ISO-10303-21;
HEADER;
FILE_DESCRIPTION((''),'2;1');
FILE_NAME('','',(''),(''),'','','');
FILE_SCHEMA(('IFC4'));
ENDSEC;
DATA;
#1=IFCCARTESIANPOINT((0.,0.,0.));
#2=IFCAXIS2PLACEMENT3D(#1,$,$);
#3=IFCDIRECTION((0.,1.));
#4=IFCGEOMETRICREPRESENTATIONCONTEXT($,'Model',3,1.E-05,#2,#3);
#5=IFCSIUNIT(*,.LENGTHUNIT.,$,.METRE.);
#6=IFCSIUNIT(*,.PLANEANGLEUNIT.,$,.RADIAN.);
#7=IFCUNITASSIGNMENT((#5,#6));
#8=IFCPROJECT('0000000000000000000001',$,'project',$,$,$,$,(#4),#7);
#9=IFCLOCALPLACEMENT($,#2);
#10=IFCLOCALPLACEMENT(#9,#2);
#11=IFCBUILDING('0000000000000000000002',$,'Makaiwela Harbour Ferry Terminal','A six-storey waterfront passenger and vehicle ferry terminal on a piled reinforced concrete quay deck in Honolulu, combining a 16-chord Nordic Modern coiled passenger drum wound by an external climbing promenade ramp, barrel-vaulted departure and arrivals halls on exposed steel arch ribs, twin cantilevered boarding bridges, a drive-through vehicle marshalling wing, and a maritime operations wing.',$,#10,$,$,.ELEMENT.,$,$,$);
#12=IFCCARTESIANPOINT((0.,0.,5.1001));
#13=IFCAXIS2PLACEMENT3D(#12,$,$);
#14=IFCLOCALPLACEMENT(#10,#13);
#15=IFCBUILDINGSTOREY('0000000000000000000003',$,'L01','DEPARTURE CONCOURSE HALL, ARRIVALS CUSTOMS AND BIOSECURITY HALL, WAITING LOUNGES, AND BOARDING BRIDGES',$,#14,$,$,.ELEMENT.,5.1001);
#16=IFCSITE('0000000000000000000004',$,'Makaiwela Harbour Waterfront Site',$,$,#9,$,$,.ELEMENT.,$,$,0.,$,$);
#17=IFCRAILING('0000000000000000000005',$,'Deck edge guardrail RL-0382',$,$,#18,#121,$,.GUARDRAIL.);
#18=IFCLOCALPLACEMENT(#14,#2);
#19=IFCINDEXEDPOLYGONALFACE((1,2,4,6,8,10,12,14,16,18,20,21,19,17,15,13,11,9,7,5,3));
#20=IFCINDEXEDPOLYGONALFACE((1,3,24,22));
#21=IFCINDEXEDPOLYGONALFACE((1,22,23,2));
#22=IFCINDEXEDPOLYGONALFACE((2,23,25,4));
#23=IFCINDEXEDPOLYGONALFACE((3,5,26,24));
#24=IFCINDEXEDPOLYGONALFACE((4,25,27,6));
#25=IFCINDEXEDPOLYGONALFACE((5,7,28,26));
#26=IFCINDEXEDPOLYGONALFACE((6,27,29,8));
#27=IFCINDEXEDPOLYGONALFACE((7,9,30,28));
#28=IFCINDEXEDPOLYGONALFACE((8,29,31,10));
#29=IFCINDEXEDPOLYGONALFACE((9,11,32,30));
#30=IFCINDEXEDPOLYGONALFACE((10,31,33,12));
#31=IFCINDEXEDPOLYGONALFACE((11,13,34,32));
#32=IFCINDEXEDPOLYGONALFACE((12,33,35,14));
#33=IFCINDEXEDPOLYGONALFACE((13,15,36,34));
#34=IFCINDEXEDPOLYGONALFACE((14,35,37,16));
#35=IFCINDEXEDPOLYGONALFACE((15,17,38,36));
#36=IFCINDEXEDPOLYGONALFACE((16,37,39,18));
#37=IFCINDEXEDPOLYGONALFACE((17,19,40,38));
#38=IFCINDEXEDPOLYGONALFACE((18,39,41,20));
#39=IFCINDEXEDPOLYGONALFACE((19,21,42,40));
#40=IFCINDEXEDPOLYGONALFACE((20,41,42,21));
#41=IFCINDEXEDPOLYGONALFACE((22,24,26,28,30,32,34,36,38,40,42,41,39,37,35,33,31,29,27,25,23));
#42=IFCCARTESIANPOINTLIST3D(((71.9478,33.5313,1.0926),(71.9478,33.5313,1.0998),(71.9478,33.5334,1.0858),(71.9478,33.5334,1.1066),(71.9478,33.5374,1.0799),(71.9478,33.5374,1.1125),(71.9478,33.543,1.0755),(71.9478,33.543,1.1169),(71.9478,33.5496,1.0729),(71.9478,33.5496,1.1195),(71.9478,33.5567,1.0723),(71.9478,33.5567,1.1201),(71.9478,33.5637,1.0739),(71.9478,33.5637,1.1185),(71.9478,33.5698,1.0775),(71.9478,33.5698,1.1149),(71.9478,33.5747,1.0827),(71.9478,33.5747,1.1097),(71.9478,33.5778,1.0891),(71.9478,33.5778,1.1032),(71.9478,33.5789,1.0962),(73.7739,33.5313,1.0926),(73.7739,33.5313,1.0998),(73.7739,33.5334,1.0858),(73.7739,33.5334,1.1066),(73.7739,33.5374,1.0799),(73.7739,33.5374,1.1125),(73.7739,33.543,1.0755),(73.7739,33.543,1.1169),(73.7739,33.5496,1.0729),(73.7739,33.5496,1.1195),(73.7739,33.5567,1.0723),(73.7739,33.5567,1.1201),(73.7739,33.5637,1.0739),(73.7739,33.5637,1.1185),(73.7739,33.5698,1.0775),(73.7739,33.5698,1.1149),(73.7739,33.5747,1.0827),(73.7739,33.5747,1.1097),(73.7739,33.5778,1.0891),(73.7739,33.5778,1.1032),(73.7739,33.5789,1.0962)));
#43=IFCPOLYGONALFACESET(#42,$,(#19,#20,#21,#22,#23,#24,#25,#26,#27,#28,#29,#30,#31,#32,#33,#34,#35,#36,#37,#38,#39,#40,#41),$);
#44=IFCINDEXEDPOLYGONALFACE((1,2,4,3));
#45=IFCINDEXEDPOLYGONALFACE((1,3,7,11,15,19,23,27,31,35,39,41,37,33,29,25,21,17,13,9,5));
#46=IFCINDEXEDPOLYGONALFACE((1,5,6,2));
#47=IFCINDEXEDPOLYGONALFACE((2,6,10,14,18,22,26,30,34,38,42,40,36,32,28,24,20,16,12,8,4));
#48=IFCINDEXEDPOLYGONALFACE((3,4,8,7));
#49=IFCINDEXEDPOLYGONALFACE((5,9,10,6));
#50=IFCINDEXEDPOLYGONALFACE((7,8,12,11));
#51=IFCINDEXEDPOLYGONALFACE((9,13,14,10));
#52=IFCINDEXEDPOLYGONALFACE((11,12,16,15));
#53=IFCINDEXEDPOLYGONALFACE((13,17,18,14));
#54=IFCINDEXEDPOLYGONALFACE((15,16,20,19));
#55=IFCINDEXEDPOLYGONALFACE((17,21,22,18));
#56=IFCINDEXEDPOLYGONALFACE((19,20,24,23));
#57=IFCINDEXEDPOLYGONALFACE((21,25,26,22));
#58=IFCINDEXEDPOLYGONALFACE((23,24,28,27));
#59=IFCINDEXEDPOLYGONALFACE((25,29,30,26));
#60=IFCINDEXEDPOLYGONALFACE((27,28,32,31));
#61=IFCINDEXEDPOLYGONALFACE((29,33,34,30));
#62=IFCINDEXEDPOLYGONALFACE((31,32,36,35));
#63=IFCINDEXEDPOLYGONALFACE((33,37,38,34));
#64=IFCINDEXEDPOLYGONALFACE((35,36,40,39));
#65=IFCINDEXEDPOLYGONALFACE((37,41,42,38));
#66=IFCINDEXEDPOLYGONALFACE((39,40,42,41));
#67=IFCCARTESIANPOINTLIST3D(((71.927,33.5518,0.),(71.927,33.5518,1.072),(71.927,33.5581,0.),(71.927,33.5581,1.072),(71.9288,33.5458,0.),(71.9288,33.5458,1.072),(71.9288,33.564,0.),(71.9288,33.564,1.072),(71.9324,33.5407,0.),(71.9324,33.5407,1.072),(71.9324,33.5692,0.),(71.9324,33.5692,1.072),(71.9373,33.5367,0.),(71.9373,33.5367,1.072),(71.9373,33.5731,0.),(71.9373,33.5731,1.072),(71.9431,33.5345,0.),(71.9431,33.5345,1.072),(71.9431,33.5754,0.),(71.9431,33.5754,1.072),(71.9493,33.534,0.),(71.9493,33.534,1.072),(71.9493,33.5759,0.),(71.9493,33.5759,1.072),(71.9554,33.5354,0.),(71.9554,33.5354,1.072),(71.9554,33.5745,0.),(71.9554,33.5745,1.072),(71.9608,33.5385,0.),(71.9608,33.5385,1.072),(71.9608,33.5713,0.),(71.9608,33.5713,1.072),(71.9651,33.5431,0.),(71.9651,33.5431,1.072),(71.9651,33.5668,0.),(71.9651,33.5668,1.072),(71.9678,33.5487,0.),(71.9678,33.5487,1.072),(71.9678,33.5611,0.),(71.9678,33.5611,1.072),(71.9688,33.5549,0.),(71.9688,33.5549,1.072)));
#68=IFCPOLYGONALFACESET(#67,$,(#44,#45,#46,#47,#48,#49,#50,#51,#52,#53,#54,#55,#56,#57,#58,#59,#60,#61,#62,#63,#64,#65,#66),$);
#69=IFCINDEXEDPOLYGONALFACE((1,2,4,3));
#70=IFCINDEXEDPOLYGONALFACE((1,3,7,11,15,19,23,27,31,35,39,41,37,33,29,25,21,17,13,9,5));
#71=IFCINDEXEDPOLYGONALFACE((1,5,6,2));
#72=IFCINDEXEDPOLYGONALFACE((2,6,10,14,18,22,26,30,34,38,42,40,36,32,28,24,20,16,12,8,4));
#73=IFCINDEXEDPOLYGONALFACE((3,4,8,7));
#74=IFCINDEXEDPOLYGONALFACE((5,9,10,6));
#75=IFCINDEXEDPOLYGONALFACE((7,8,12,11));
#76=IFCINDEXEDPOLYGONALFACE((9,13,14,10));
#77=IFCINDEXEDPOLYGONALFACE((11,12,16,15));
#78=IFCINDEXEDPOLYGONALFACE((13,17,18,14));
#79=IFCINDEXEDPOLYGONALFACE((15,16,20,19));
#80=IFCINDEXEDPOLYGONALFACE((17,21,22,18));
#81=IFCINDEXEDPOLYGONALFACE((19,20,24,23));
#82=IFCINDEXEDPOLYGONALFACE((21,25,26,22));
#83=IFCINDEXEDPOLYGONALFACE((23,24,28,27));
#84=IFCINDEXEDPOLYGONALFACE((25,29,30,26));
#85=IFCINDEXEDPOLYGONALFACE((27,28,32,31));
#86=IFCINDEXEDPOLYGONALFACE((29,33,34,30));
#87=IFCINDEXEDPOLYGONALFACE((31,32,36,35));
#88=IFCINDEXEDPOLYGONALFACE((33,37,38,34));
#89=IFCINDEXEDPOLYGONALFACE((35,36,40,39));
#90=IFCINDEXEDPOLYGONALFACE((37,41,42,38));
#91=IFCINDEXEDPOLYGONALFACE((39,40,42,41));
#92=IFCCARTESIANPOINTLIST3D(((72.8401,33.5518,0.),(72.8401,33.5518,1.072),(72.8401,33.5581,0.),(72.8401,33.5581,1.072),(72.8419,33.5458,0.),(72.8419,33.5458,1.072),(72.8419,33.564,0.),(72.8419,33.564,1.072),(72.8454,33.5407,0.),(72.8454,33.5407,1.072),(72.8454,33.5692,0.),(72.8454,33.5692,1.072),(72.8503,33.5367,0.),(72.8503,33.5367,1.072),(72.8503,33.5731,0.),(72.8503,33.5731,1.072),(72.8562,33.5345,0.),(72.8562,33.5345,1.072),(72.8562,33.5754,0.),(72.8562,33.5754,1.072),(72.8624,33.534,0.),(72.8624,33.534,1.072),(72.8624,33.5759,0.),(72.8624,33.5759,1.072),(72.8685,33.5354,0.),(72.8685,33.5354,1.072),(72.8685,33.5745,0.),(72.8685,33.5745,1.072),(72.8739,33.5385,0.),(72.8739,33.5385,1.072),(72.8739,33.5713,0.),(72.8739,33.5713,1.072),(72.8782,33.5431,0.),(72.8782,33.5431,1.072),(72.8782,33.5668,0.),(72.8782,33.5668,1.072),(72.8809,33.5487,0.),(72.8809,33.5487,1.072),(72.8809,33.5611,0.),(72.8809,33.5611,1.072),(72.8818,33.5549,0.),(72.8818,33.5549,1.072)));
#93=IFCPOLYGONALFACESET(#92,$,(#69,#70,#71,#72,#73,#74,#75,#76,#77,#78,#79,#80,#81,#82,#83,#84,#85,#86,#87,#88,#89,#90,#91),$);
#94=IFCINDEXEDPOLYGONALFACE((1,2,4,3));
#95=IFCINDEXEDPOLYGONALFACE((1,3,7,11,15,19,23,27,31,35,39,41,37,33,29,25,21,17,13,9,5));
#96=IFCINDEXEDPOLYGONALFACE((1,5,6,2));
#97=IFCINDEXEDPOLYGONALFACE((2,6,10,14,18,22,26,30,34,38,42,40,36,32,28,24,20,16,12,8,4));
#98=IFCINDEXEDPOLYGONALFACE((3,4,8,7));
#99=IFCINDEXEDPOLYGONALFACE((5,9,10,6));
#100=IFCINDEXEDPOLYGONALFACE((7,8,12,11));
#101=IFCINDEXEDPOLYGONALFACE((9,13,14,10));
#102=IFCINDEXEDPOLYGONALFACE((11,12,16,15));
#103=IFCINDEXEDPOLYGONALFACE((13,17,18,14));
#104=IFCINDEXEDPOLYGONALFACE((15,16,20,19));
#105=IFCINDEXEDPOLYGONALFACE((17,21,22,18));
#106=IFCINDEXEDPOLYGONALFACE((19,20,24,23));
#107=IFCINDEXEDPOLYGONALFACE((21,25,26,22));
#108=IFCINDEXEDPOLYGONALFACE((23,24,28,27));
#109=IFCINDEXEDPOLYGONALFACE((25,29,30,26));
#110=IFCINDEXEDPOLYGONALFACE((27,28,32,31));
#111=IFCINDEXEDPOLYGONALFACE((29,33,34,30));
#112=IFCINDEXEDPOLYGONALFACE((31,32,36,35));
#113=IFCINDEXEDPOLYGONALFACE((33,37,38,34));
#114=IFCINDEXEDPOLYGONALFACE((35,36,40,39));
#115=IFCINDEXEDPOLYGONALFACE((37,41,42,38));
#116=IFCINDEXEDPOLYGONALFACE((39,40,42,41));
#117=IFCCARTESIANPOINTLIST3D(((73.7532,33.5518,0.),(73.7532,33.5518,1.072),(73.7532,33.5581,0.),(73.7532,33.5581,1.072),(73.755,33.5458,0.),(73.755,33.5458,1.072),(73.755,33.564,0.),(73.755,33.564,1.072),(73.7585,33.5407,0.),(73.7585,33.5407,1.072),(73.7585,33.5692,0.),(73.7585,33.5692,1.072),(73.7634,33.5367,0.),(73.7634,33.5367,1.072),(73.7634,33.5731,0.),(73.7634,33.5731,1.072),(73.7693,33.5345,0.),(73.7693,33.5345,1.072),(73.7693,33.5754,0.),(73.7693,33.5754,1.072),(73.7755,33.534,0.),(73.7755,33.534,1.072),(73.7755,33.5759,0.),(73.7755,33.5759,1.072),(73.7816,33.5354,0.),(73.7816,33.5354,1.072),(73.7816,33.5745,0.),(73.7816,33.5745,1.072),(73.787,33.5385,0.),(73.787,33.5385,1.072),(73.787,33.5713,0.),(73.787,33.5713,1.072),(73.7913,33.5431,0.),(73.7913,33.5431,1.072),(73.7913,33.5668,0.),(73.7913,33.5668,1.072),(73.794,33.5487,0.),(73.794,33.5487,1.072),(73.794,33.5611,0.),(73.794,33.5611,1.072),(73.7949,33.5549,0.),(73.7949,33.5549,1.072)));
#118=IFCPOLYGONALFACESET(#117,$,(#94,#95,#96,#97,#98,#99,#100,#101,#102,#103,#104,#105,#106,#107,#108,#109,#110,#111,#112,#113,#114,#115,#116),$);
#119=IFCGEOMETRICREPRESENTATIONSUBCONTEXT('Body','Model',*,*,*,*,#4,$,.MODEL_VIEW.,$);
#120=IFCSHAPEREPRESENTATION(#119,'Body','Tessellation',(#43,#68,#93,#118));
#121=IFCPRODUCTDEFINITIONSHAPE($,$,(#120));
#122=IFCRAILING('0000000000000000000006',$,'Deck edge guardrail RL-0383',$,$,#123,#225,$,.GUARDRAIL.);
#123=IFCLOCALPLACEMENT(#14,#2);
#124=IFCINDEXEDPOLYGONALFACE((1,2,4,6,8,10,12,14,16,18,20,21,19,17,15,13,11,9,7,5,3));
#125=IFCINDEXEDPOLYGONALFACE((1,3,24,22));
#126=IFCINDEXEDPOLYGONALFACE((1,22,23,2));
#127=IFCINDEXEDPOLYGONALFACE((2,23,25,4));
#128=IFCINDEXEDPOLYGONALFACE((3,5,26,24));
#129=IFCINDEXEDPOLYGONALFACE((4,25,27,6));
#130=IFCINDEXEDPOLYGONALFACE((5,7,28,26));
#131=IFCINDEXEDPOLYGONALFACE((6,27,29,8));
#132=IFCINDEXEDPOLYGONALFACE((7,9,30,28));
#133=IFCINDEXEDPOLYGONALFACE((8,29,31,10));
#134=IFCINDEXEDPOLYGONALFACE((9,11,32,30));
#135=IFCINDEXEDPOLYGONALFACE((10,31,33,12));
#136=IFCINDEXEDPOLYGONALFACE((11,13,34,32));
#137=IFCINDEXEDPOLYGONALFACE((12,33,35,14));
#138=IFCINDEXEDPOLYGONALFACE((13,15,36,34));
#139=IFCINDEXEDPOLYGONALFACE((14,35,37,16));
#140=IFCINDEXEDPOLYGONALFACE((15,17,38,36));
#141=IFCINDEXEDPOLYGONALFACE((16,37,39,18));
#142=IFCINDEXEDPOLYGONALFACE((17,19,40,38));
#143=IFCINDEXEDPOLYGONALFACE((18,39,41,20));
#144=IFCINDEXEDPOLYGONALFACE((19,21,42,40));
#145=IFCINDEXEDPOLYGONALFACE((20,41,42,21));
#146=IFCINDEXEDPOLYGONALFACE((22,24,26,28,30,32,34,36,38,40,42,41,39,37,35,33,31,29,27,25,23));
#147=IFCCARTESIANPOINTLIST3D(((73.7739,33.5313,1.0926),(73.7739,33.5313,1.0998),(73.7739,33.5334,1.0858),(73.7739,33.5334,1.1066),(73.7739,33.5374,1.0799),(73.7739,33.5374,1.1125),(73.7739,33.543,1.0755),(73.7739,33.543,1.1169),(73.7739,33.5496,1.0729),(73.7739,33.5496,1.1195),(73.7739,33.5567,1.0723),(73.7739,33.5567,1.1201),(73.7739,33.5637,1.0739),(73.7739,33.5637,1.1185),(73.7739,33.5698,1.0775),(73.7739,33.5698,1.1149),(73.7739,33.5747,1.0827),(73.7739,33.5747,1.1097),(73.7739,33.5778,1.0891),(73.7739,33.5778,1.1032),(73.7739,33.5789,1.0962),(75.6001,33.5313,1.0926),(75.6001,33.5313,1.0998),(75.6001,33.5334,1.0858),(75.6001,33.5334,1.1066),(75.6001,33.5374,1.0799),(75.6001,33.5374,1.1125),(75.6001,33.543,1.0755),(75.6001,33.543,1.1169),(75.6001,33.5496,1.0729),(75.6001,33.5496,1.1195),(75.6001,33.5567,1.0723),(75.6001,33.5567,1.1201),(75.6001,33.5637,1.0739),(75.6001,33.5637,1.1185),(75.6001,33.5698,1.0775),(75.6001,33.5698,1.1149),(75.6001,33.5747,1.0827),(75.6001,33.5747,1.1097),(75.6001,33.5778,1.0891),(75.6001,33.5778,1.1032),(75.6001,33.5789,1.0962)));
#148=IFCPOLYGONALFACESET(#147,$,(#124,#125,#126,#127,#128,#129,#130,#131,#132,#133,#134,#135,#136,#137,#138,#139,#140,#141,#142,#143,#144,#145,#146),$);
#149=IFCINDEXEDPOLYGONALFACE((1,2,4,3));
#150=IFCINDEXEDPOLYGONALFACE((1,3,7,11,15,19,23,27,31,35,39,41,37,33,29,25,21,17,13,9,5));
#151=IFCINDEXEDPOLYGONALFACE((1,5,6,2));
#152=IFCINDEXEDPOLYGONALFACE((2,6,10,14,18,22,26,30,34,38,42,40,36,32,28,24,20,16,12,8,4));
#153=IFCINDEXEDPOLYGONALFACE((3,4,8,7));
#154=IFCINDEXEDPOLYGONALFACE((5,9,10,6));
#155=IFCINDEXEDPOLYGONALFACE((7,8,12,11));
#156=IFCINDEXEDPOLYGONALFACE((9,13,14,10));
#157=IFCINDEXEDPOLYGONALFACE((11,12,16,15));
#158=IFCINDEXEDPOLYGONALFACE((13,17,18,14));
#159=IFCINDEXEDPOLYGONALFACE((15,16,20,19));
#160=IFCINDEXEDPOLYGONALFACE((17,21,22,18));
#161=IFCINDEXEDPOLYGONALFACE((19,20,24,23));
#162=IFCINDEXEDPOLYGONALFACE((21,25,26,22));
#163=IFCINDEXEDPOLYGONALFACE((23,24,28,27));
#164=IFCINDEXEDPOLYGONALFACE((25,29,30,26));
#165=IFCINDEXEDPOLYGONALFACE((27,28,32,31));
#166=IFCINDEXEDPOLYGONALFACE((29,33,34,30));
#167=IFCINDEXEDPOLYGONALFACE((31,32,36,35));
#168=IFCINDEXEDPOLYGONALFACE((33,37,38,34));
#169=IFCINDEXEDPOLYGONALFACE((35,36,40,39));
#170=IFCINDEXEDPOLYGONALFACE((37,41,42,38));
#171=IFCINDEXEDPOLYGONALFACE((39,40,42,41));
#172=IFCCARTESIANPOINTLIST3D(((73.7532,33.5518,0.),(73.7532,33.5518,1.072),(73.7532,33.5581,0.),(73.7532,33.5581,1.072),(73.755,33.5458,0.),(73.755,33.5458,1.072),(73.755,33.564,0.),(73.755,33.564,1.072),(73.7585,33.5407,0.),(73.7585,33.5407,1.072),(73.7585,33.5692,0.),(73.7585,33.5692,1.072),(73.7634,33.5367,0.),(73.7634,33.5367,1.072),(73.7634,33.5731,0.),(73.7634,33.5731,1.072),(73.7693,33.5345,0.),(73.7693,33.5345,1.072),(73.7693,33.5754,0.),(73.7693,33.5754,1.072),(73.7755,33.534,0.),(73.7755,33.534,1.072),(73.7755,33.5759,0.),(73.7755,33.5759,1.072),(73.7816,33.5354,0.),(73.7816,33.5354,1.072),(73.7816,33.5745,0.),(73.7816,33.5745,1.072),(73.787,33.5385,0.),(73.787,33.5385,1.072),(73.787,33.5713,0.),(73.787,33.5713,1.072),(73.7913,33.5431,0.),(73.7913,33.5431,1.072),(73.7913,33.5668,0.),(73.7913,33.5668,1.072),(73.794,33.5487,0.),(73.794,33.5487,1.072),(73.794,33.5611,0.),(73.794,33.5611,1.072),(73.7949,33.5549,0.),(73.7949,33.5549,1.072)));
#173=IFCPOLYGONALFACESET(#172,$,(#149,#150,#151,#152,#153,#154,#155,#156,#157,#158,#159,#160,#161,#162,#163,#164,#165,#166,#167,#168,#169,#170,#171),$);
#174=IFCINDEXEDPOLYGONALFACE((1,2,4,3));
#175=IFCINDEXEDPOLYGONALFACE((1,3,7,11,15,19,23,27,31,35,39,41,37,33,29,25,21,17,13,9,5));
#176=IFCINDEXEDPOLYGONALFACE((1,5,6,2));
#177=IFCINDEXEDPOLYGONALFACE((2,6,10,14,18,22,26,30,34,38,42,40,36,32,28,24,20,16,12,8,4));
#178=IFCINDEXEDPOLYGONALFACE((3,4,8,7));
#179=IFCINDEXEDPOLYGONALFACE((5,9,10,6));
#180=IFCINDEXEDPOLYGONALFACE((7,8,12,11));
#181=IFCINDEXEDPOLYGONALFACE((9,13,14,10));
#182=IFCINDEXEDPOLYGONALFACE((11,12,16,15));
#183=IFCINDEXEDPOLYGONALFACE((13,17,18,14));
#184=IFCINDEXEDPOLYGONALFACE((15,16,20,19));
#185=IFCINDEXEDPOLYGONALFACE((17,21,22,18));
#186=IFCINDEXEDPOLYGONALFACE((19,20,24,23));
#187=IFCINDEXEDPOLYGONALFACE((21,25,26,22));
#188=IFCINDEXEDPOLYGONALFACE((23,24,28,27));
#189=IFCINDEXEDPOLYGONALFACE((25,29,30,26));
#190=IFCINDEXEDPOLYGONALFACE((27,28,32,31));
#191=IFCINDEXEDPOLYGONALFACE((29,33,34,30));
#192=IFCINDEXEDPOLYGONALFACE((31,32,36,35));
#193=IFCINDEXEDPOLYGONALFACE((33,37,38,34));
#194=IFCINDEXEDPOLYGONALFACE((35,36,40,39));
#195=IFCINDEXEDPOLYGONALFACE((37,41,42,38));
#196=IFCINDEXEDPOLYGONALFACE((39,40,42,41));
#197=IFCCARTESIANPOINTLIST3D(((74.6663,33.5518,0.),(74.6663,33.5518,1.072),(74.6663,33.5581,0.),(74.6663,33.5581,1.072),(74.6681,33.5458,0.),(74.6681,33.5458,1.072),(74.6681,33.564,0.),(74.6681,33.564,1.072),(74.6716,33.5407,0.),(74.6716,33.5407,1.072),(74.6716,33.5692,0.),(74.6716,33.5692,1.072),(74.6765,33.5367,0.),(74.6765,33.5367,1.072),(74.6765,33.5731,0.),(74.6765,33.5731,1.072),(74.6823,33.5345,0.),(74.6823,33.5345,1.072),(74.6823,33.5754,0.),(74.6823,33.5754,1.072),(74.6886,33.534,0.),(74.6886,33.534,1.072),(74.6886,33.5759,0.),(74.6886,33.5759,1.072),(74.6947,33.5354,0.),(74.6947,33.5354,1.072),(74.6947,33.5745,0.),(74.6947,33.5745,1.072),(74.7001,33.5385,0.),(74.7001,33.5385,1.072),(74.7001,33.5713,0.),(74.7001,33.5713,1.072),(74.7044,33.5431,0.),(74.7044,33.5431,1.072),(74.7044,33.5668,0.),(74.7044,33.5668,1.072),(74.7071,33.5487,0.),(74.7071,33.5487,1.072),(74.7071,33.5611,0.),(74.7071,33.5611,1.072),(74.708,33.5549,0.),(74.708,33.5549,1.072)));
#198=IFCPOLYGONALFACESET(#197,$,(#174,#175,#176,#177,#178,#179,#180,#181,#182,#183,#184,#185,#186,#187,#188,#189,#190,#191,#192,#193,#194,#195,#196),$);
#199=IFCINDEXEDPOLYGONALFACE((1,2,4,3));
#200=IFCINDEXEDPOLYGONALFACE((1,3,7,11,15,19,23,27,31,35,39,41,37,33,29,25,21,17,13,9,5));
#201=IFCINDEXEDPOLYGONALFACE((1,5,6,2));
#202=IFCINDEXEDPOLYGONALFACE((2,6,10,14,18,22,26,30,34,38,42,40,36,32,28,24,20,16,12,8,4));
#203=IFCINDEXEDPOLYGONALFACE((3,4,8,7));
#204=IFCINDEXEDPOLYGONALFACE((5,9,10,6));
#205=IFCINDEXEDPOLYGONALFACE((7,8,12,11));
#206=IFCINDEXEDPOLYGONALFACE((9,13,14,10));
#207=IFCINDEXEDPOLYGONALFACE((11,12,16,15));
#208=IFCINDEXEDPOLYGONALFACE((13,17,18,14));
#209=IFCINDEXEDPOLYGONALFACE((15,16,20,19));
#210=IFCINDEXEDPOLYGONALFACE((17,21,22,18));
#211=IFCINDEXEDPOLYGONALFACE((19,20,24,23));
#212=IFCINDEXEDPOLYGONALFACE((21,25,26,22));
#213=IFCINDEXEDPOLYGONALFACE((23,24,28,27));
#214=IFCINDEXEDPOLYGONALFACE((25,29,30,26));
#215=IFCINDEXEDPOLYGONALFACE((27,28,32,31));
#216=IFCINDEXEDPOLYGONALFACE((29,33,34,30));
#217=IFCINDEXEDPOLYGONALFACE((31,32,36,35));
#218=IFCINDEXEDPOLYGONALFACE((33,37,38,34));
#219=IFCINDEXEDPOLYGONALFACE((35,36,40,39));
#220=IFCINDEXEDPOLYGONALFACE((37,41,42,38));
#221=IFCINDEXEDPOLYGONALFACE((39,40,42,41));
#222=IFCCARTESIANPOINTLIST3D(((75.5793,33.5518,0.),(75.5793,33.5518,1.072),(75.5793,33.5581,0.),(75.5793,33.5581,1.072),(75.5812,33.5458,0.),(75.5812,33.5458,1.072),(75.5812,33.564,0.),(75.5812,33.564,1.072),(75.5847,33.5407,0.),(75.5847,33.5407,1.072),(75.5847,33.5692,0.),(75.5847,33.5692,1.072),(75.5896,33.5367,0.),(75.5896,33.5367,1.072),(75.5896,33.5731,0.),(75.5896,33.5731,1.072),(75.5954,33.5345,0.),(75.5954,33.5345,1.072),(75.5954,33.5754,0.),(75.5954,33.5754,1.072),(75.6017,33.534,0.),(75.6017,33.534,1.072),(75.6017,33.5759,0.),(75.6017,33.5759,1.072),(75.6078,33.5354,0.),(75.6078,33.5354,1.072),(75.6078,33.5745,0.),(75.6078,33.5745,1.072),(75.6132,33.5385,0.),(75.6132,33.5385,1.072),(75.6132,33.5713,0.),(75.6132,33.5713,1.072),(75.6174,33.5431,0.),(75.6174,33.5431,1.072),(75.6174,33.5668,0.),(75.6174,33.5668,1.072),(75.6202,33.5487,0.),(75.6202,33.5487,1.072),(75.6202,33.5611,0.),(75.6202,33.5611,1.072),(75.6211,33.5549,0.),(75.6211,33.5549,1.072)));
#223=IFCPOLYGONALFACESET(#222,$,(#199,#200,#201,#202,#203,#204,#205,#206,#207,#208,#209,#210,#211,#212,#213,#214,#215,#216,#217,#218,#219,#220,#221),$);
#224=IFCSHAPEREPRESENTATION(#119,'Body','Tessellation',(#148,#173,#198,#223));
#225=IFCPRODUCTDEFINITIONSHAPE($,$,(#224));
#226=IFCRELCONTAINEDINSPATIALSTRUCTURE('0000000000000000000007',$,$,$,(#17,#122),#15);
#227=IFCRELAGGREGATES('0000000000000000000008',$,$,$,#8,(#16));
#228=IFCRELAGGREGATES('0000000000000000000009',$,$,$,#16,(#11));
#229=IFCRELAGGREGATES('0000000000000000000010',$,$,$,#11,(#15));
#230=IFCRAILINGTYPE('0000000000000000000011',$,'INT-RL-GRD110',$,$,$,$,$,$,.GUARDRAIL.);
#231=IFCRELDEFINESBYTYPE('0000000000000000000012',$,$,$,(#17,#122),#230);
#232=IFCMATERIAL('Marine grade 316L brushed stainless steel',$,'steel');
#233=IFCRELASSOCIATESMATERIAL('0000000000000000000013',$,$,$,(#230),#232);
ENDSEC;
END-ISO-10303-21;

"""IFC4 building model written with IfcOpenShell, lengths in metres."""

from ifc_helpers import new_model, si_unit, direction, frame, origin, origin_2d, place, context, subcontext, project, spatial, circle, extrude, material, type_object, element, save


model = new_model("IFC4")

# Units and contexts
model_context = context("Model", 3, precision=1e-05, world=origin(), true_north=direction((0.0, 1.0)))
body_context = subcontext(model_context, "Body", "Model", "MODEL_VIEW")
ifc_project = project(units=[si_unit("LENGTHUNIT", "METRE"), si_unit("PLANEANGLEUNIT", "RADIAN")], contexts=[model_context])

# Site, building, storey
site_placement = place(None, origin())
site = spatial("IfcSite", under=ifc_project, at=site_placement, Name="Makaiwela Harbour Waterfront Site", CompositionType="ELEMENT", RefElevation=0.0)
building_placement = place(site_placement, origin())
building = spatial("IfcBuilding", under=site, at=building_placement, Name="Makaiwela Harbour Ferry Terminal", Description="A six-storey waterfront passenger and vehicle ferry terminal on a piled reinforced concrete quay deck in Honolulu, combining a 16-chord Nordic Modern coiled passenger drum wound by an external climbing promenade ramp, barrel-vaulted departure and arrivals halls on exposed steel arch ribs, twin cantilevered boarding bridges, a drive-through vehicle marshalling wing, and a maritime operations wing.", CompositionType="ELEMENT")
storey_placement = place(building_placement, frame((0.0, 0.0, 5.1001)))
storey = spatial("IfcBuildingStorey", under=building, at=storey_placement, Name="L01", Description="DEPARTURE CONCOURSE HALL, ARRIVALS CUSTOMS AND BIOSECURITY HALL, WAITING LOUNGES, AND BOARDING BRIDGES", CompositionType="ELEMENT", Elevation=5.1001)

# Railings
ifc_material_1 = material(Name="Marine grade 316L brushed stainless steel", Category="steel")
railing_type = type_object("IfcRailingType", Name="INT-RL-GRD110", PredefinedType="GUARDRAIL", material=ifc_material_1)
for number, where, name in (
    (1, (71.9478, 33.5549, 0.0), "Deck edge guardrail RL-0382"),
    (2, (73.7739, 33.5549, 0.0), "Deck edge guardrail RL-0383"),
):
    element("IfcRailing", number, at=place(storey_placement, frame(where)), inside=storey, type_object=railing_type, Name=name, PredefinedType="GUARDRAIL", context=body_context, shape_type="SweptSolid", body=[
        extrude(circle(Radius=0.0239, at=origin_2d()), frame((0.0, 0.0, 1.0962), z_axis=(1.0, 0.0, 0.0), x_axis=(0.0, 1.0, 0.0)), (0.0, 0.0, 1.0), 1.8262),
        extrude(circle(Radius=0.021, at=origin_2d()), origin(), (0.0, 0.0, 1.0), 1.072),
        extrude(circle(Radius=0.021, at=origin_2d()), frame((0.9131, 0.0, 0.0)), (0.0, 0.0, 1.0), 1.072),
        extrude(circle(Radius=0.021, at=origin_2d()), frame((1.8262, 0.0, 0.0)), (0.0, 0.0, 1.0), 1.072),
    ])

save(model, "model.ifc")
